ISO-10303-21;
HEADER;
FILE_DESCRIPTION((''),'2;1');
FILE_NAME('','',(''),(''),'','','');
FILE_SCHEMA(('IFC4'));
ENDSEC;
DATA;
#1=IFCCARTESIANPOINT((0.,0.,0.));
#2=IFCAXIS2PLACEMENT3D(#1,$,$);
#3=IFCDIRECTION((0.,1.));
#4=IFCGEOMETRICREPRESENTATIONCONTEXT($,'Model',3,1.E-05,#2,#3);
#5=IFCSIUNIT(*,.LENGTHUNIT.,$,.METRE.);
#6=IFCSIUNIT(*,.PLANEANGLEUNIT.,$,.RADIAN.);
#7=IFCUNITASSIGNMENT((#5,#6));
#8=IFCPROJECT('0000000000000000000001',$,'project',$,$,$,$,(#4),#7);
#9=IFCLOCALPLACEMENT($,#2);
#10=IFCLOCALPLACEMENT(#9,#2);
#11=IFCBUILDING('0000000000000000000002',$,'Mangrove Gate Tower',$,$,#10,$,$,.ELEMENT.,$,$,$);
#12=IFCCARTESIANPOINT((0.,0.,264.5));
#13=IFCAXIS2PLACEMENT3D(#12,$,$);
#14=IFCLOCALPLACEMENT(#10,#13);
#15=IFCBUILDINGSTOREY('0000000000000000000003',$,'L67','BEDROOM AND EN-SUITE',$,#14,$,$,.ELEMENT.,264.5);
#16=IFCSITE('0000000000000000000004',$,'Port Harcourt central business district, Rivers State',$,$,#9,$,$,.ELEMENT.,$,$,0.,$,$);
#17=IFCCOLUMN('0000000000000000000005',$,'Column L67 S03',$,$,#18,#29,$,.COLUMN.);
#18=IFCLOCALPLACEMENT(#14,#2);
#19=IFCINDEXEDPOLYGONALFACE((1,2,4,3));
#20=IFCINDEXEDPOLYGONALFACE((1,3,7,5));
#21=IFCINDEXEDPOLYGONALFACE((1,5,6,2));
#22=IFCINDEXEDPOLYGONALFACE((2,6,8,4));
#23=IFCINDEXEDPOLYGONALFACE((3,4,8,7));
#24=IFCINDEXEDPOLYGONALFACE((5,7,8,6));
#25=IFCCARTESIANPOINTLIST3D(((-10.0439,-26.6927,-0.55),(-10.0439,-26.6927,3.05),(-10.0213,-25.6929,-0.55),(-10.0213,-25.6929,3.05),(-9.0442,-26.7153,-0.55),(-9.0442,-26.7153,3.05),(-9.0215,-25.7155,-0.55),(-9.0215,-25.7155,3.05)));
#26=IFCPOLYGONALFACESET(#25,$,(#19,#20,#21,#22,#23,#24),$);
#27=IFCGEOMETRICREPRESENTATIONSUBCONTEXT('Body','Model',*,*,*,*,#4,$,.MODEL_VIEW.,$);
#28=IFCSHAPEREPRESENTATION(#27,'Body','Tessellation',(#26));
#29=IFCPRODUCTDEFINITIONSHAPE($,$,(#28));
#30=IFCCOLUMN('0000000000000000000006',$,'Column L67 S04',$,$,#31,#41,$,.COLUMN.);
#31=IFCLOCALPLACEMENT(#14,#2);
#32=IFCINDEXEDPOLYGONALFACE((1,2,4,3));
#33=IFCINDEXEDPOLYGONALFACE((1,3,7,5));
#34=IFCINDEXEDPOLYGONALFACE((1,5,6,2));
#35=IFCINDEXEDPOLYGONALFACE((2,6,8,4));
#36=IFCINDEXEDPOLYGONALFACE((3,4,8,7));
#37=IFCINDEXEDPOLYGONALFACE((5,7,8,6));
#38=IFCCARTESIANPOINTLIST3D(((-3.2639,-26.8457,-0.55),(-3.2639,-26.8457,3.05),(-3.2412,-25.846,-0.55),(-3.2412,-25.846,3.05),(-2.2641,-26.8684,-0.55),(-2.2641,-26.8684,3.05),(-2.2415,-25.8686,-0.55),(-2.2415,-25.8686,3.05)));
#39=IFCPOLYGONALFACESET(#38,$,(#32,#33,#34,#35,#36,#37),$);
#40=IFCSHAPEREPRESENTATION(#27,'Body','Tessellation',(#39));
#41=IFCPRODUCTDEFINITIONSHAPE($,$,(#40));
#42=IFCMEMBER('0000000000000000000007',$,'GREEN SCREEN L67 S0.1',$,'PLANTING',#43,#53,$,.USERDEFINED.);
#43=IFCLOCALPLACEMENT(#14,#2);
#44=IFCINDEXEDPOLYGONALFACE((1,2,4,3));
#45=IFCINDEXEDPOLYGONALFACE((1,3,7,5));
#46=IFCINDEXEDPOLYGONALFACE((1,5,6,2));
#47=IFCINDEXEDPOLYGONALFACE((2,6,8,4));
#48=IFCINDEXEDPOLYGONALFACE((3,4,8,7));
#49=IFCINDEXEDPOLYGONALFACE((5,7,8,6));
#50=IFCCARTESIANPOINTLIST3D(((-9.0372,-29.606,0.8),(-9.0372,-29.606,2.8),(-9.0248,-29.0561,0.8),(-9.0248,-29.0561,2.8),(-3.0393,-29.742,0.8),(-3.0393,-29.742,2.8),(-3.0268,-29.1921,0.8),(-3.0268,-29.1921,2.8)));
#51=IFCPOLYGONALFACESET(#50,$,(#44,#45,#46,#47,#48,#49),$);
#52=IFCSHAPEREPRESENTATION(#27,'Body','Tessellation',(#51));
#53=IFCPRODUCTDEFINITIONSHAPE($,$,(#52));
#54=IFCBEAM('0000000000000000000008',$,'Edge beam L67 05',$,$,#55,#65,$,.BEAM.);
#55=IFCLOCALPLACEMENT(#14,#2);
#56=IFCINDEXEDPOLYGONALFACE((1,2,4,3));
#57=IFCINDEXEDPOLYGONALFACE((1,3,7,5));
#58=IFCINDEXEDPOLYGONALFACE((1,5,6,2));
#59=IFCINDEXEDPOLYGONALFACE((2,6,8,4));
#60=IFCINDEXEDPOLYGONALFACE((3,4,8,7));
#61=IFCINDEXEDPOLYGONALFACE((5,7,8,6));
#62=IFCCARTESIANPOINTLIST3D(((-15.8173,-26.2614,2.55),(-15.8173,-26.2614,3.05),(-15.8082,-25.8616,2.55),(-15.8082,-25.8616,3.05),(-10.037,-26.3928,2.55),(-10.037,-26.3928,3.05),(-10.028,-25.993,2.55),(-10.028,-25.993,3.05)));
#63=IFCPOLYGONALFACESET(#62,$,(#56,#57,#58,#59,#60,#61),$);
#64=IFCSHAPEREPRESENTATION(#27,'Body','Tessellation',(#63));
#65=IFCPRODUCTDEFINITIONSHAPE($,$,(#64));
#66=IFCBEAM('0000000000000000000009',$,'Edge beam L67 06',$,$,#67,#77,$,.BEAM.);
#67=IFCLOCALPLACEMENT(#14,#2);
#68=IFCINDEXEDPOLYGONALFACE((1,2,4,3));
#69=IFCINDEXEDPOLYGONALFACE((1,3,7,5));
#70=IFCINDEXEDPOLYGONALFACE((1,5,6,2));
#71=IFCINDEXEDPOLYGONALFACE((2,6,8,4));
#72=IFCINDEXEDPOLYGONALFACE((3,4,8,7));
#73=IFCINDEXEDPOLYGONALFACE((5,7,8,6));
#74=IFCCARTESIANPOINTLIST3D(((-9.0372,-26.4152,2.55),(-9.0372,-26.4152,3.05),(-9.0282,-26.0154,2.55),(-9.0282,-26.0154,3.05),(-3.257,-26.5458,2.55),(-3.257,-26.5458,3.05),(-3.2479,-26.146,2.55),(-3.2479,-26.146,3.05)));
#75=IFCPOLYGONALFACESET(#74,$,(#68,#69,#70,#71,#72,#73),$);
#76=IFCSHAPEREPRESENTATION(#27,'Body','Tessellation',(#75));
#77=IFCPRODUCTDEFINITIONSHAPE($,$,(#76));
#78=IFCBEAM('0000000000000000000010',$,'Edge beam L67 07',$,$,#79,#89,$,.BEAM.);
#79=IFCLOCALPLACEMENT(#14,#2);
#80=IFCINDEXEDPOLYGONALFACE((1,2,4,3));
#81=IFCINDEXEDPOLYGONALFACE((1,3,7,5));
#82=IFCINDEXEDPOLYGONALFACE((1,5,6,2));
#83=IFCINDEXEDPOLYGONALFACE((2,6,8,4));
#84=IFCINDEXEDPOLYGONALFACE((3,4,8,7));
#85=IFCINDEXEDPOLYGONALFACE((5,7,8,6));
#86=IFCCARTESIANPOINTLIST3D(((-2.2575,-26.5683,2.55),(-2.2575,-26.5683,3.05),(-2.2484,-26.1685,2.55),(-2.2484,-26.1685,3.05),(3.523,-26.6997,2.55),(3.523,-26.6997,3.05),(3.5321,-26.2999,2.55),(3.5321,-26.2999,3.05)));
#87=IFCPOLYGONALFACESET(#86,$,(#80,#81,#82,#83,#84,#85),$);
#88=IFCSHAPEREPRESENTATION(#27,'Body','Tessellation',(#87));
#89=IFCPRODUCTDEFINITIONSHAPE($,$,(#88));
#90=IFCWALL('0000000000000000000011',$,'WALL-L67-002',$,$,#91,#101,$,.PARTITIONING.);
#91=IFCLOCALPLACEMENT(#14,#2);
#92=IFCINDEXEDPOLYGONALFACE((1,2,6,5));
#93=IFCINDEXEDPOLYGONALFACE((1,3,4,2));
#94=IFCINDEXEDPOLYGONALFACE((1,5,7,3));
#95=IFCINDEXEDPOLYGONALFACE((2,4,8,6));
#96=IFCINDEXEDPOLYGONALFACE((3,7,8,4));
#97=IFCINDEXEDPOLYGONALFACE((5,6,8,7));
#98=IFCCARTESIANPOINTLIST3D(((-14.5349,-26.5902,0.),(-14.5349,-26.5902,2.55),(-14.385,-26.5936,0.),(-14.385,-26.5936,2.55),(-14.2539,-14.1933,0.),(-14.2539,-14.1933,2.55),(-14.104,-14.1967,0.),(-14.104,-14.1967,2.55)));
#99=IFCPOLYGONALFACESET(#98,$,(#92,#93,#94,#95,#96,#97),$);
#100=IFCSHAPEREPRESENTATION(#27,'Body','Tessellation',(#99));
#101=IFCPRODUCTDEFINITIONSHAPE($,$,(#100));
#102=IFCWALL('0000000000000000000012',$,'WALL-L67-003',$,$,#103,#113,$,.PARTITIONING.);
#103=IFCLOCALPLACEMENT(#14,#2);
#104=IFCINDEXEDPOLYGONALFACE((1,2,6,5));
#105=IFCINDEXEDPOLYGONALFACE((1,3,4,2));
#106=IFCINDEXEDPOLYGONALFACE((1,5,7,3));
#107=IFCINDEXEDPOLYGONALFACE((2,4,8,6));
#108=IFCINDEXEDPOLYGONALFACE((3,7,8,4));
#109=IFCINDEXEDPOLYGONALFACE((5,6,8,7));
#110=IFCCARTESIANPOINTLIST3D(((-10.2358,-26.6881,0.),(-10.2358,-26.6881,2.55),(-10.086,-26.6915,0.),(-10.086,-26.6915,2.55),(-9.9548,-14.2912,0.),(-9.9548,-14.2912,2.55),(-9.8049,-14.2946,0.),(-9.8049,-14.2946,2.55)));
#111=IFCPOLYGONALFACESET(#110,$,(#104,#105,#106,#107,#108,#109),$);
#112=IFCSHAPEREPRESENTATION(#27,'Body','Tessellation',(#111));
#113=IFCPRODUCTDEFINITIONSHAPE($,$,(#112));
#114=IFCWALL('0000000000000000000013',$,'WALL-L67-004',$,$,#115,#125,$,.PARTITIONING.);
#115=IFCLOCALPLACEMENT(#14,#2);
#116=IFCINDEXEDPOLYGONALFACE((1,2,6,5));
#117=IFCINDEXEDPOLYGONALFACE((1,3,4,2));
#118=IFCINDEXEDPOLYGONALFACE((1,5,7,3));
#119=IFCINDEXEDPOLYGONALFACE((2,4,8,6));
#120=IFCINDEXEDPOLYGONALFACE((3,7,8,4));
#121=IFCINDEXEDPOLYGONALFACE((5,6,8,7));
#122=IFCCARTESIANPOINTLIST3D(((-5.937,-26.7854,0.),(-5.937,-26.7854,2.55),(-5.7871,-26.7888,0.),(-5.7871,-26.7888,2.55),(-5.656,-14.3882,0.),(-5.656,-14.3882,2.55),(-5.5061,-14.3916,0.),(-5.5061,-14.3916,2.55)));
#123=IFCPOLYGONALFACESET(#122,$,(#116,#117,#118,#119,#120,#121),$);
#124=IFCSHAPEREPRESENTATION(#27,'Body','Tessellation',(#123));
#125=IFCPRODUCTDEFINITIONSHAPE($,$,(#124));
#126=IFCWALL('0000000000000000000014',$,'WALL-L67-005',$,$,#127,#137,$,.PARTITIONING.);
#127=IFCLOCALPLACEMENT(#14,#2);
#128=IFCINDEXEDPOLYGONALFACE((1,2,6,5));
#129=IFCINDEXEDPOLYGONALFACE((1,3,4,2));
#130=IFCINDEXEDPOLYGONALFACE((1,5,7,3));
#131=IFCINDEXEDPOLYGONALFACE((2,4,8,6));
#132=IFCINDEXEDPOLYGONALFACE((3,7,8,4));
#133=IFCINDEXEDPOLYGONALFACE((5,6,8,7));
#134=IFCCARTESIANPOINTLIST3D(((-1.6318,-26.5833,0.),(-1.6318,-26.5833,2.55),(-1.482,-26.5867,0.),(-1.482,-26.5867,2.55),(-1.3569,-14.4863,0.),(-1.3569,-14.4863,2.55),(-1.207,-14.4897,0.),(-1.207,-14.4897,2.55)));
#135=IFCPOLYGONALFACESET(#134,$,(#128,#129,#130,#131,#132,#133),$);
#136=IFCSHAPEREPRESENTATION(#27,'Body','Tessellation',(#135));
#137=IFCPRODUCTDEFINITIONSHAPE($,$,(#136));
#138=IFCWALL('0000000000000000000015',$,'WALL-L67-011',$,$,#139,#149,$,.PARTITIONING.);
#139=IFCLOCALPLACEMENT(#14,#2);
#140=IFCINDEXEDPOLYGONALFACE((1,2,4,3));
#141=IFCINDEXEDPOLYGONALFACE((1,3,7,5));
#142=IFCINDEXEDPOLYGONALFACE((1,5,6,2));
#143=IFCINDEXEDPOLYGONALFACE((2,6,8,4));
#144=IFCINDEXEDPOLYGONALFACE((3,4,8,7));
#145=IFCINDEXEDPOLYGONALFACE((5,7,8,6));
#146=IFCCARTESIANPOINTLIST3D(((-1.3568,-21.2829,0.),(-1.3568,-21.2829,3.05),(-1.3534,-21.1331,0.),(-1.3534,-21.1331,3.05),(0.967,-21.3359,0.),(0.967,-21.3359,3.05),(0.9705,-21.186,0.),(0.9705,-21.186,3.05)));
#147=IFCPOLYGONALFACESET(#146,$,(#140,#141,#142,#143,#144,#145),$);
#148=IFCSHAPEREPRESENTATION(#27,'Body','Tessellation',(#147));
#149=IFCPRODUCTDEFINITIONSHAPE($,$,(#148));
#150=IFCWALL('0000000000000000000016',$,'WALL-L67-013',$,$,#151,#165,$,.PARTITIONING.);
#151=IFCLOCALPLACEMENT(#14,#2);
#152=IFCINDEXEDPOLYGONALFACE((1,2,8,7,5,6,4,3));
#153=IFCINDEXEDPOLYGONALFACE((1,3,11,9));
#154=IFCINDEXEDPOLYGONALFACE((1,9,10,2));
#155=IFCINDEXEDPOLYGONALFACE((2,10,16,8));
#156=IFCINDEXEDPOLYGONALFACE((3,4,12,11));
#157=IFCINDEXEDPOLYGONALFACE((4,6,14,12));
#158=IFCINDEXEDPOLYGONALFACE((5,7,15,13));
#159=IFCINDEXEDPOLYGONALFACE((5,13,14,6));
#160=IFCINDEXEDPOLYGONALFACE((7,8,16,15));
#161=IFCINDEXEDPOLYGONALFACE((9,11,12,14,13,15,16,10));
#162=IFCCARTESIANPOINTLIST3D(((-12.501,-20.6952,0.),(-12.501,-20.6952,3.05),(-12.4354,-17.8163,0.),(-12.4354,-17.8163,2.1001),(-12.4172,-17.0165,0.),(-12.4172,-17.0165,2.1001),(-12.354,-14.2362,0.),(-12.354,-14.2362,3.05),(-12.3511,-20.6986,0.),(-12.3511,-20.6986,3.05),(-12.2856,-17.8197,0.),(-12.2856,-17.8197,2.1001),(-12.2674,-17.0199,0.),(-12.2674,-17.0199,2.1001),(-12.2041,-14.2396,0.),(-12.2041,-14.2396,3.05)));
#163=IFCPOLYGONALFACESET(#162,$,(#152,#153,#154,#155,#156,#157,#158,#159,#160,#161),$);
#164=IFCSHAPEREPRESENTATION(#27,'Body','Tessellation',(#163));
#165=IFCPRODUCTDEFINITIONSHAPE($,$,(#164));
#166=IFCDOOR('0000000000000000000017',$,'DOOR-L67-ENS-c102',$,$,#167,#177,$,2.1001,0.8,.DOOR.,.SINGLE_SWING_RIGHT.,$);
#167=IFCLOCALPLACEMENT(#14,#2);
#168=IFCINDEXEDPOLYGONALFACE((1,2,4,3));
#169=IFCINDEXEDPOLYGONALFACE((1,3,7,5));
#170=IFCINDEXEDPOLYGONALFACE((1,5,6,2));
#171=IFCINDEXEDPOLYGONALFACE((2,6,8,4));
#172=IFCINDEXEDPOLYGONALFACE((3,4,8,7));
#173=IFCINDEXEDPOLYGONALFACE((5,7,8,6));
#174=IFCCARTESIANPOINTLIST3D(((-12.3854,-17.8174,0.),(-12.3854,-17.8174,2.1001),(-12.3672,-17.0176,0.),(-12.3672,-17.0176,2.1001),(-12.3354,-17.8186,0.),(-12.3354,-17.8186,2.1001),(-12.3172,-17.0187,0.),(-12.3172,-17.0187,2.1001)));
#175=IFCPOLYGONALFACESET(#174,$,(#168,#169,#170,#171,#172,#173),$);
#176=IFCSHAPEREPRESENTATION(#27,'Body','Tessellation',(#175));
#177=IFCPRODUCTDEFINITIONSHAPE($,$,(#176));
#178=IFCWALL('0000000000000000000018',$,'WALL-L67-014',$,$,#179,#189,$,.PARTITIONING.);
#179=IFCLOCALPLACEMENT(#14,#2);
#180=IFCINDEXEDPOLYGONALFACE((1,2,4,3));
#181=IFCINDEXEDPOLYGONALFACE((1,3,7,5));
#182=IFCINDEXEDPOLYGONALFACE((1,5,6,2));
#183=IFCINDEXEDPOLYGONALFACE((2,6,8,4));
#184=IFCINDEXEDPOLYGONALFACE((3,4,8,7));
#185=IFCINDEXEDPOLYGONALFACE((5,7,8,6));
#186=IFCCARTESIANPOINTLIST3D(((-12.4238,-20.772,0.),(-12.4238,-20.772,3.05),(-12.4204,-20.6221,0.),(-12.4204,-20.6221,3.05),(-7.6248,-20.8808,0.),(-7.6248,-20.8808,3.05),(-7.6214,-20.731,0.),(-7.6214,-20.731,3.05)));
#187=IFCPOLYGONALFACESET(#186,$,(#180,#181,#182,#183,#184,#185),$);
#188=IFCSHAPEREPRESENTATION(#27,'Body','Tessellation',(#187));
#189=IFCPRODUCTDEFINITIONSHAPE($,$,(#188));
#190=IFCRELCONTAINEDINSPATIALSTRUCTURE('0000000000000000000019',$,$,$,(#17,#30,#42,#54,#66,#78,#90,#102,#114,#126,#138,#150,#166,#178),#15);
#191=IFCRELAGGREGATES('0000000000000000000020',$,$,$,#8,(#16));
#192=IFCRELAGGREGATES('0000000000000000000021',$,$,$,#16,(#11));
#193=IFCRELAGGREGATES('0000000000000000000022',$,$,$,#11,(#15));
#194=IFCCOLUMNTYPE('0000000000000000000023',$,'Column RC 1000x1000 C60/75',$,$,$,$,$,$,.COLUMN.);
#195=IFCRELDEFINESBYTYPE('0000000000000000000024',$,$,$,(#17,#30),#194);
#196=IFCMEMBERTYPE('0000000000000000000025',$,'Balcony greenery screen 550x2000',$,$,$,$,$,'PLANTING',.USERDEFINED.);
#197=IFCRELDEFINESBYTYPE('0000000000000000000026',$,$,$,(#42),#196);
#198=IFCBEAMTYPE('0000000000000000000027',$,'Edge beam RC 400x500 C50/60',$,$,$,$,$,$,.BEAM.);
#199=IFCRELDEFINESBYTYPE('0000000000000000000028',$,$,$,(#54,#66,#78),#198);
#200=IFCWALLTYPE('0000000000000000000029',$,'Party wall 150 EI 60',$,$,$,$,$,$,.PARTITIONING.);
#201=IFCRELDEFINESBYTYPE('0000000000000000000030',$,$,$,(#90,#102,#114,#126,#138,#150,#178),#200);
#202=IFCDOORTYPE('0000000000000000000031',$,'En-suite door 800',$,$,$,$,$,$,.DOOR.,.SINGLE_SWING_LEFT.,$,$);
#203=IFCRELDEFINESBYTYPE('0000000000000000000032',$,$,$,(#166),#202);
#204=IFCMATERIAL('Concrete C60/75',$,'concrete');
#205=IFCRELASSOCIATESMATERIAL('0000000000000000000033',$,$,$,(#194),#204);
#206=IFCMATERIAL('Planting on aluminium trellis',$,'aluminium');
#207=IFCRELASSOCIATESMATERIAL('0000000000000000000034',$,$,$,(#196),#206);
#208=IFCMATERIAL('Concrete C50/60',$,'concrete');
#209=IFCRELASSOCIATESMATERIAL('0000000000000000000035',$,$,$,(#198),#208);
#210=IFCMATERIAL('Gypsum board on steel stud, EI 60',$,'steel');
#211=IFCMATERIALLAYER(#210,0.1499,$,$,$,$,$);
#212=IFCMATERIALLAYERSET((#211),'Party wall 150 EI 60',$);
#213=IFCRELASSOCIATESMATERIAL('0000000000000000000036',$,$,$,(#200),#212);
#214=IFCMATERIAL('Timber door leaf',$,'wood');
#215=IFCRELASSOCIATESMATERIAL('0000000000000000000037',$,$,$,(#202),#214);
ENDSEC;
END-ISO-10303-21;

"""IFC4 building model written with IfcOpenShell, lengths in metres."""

from ifc_helpers import new_model, si_unit, direction, frame, frame_2d, origin, origin_2d, place, context, subcontext, project, spatial, rectangle, extrude, material, layer, layer_set, material_profile, profile_set, type_object, element, fill, save


model = new_model("IFC4")

# Units and contexts
model_context = context("Model", 3, precision=1e-05, world=origin(), true_north=direction((0.0, 1.0)))
body_context = subcontext(model_context, "Body", "Model", "MODEL_VIEW")
ifc_project = project(units=[si_unit("LENGTHUNIT", "METRE"), si_unit("PLANEANGLEUNIT", "RADIAN")], contexts=[model_context])

# Site, building, storey
site_placement = place(None, origin())
site = spatial("IfcSite", under=ifc_project, at=site_placement, Name="Port Harcourt central business district, Rivers State", CompositionType="ELEMENT", RefElevation=0.0)
building_placement = place(site_placement, origin())
building = spatial("IfcBuilding", under=site, at=building_placement, Name="Mangrove Gate Tower", CompositionType="ELEMENT")
storey_placement = place(building_placement, frame((0.0, 0.0, 264.5)))
storey = spatial("IfcBuildingStorey", under=building, at=storey_placement, Name="L67", Description="BEDROOM AND EN-SUITE", CompositionType="ELEMENT", Elevation=264.5)

# Columns
ifc_material_1 = material(Name="Concrete C60/75", Category="concrete")
ifc_material_profile_1 = material_profile(ifc_material_1, rectangle(XDim=1.0, YDim=1.0, at=origin_2d()))
ifc_profile_set_1 = profile_set([ifc_material_profile_1], Name="Concrete C60/75")
column_type = type_object("IfcColumnType", Name="Column RC 1000x1000 C60/75", PredefinedType="COLUMN", material=ifc_profile_set_1)
for number, where, z_axis, x_axis, name in (
    (1, (-9.5327, -26.2041, -0.55), (0.0, 0.0, 1.0), (0.999744, -0.022634, 0.0), "Column L67 S03"),
    (2, (-2.7527, -26.3572, -0.55), (0.0, 0.0, 1.0), (0.999744, -0.022634, 0.0), "Column L67 S04"),
):
    element("IfcColumn", number, at=place(storey_placement, frame(where, z_axis=z_axis, x_axis=x_axis)), inside=storey, type_object=column_type, Name=name, PredefinedType="COLUMN", context=body_context, shape_type="SweptSolid", body=[
        extrude(rectangle(XDim=1.0, YDim=1.0, at=origin_2d()), origin(), (0.0, 0.0, 1.0), 3.6001),
    ])

# Member
ifc_material_2 = material(Name="Planting on aluminium trellis", Category="aluminium")
ifc_material_profile_2 = material_profile(ifc_material_2, rectangle(XDim=0.55, YDim=2.0, at=origin_2d()))
ifc_profile_set_2 = profile_set([ifc_material_profile_2], Name="Planting on aluminium trellis")
member_type = type_object("IfcMemberType", Name="Balcony greenery screen 550x2000", ElementType="PLANTING", PredefinedType="USERDEFINED", material=ifc_profile_set_2)
member_placement = place(storey_placement, frame((-9.031, -29.3311, 1.8), z_axis=(0.999743, -0.022666, 0.0), x_axis=(0.022666, 0.999743, 0.0)))
element("IfcMember", 3, at=member_placement, inside=storey, type_object=member_type, Name="GREEN SCREEN L67 S0.1", ObjectType="PLANTING", PredefinedType="USERDEFINED", context=body_context, shape_type="SweptSolid", body=[
    extrude(rectangle(XDim=0.55, YDim=2.0, at=origin_2d()), origin(), (0.0, 0.0, 1.0), 5.9995),
])

# Beams
ifc_material_3 = material(Name="Concrete C50/60", Category="concrete")
ifc_material_profile_3 = material_profile(ifc_material_3, rectangle(XDim=0.3999, YDim=0.5, at=origin_2d()))
ifc_profile_set_3 = profile_set([ifc_material_profile_3], Name="Concrete C50/60")
beam_type = type_object("IfcBeamType", Name="Edge beam RC 400x500 C50/60", PredefinedType="BEAM", material=ifc_profile_set_3)
for number, where, z_axis, x_axis, name in (
    (4, (-15.8127, -26.0615, 2.8), (0.999742, -0.022718, 0.0), (0.022718, 0.999742, 0.0), "Edge beam L67 05"),
    (5, (-9.0327, -26.2153, 2.8), (0.999745, -0.022591, 0.0), (0.022591, 0.999745, 0.0), "Edge beam L67 06"),
):
    element("IfcBeam", number, at=place(storey_placement, frame(where, z_axis=z_axis, x_axis=x_axis)), inside=storey, type_object=beam_type, Name=name, PredefinedType="BEAM", context=body_context, shape_type="SweptSolid", body=[
        extrude(rectangle(XDim=0.3999, YDim=0.5, at=origin_2d()), origin(), (0.0, 0.0, 1.0), 5.7817),
    ])
beam_placement = place(storey_placement, frame((-2.2529, -26.3684, 2.8), z_axis=(0.999742, -0.022717, 0.0), x_axis=(0.022717, 0.999742, 0.0)))
element("IfcBeam", 6, at=beam_placement, inside=storey, type_object=beam_type, Name="Edge beam L67 07", PredefinedType="BEAM", context=body_context, shape_type="SweptSolid", body=[
    extrude(rectangle(XDim=0.3999, YDim=0.5, at=origin_2d()), origin(), (0.0, 0.0, 1.0), 5.782),
])

# Walls
ifc_material_4 = material(Name="Gypsum board on steel stud, EI 60", Category="steel")
ifc_layer_1 = layer(ifc_material_4, 0.1499)
ifc_layer_set_1 = layer_set([ifc_layer_1], Name="Party wall 150 EI 60")
wall_type_1 = type_object("IfcWallType", Name="Party wall 150 EI 60", PredefinedType="PARTITIONING", material=ifc_layer_set_1)
for number, where, z_axis, x_axis, name in (
    (7, (-14.46, -26.592, 0.0), (0.0, 0.0, 1.0), (0.022661, 0.999743, 0.0), "WALL-L67-002"),
    (8, (-10.1609, -26.6899, 0.0), (0.0, 0.0, 1.0), (0.022661, 0.999743, 0.0), "WALL-L67-003"),
):
    element("IfcWall", number, at=place(storey_placement, frame(where, z_axis=z_axis, x_axis=x_axis)), inside=storey, type_object=wall_type_1, Name=name, PredefinedType="PARTITIONING", context=body_context, shape_type="SweptSolid", body=[
        extrude(rectangle(XDim=12.4001, YDim=0.1499, at=frame_2d((6.2002, 0.0))), origin(), (0.0, 0.0, 1.0), 2.55),
    ])
wall_1_placement = place(storey_placement, frame((-5.8621, -26.7871, 0.0), z_axis=(0.0, 0.0, 1.0), x_axis=(0.022661, 0.999743, 0.0)))
element("IfcWall", 9, at=wall_1_placement, inside=storey, type_object=wall_type_1, Name="WALL-L67-004", PredefinedType="PARTITIONING", context=body_context, shape_type="SweptSolid", body=[
    extrude(rectangle(XDim=12.4004, YDim=0.1499, at=frame_2d((6.2002, 0.0))), origin(), (0.0, 0.0, 1.0), 2.55),
])
wall_2_placement = place(storey_placement, frame((-1.5569, -26.585, 0.0), z_axis=(0.0, 0.0, 1.0), x_axis=(0.022719, 0.999742, 0.0)))
element("IfcWall", 10, at=wall_2_placement, inside=storey, type_object=wall_type_1, Name="WALL-L67-005", PredefinedType="PARTITIONING", context=body_context, shape_type="SweptSolid", body=[
    extrude(rectangle(XDim=12.1001, YDim=0.1499, at=frame_2d((6.05, 0.0))), origin(), (0.0, 0.0, 1.0), 2.55),
])
wall_3_placement = place(storey_placement, frame((-1.355, -21.208, 0.0), z_axis=(0.0, 0.0, 1.0), x_axis=(0.99974, -0.022791, 0.0)))
element("IfcWall", 11, at=wall_3_placement, inside=storey, type_object=wall_type_1, Name="WALL-L67-011", PredefinedType="PARTITIONING", context=body_context, shape_type="SweptSolid", body=[
    extrude(rectangle(XDim=2.3245, YDim=0.1499, at=frame_2d((1.1621, 0.0))), origin(), (0.0, 0.0, 1.0), 3.05),
])

# Wall, opening, door
wall_4_placement = place(storey_placement, frame((-12.426, -20.697, 0.0), z_axis=(0.0, 0.0, 1.0), x_axis=(0.022749, 0.999741, 0.0)))
wall_4 = element("IfcWall", 12, at=wall_4_placement, inside=storey, type_object=wall_type_1, Name="WALL-L67-013", PredefinedType="PARTITIONING", context=body_context, shape_type="SweptSolid", body=[
    extrude(rectangle(XDim=6.4607, YDim=0.1499, at=frame_2d((3.2305, 0.0))), origin(), (0.0, 0.0, 1.0), 3.05),
])
opening_1_placement = place(wall_4_placement, frame((2.8799, 0.0, 0.0)))
opening_1 = element("IfcOpeningElement", 13, at=opening_1_placement, cuts=wall_4, PredefinedType="OPENING", context=body_context, shape_type="SweptSolid", body=[
    extrude(rectangle(XDim=0.8, YDim=2.1001, at=frame_2d((0.3999, 1.05))), frame((0.0, 0.085, 0.0), z_axis=(0.0, -1.0, 0.0), x_axis=(1.0, 0.0, 0.0)), (0.0, 0.0, 1.0), 0.1699),
])
ifc_material_5 = material(Name="Timber door leaf", Category="wood")
door_type = type_object("IfcDoorType", Name="En-suite door 800", OperationType="SINGLE_SWING_LEFT", PredefinedType="DOOR", material=ifc_material_5)
door_1_placement = place(opening_1_placement, origin())
door_1 = element("IfcDoor", 14, at=door_1_placement, inside=storey, type_object=door_type, Name="DOOR-L67-ENS-c102", OperationType="SINGLE_SWING_RIGHT", OverallHeight=2.1001, OverallWidth=0.8, PredefinedType="DOOR", context=body_context, shape_type="SweptSolid", body=[
    extrude(rectangle(XDim=0.8, YDim=2.1001, at=frame_2d((0.3999, 1.05))), frame((0.0, 0.0249, 0.0), z_axis=(0.0, -1.0, 0.0), x_axis=(1.0, 0.0, 0.0)), (0.0, 0.0, 1.0), 0.05),
])
fill(opening_1, door_1)

# Wall
wall_5_placement = place(storey_placement, frame((-12.4221, -20.697, 0.0), z_axis=(0.0, 0.0, 1.0), x_axis=(0.999743, -0.022683, 0.0)))
element("IfcWall", 15, at=wall_5_placement, inside=storey, type_object=wall_type_1, Name="WALL-L67-014", PredefinedType="PARTITIONING", context=body_context, shape_type="SweptSolid", body=[
    extrude(rectangle(XDim=4.8003, YDim=0.1499, at=frame_2d((2.4001, 0.0))), origin(), (0.0, 0.0, 1.0), 3.05),
])

save(model, "model.ifc")
